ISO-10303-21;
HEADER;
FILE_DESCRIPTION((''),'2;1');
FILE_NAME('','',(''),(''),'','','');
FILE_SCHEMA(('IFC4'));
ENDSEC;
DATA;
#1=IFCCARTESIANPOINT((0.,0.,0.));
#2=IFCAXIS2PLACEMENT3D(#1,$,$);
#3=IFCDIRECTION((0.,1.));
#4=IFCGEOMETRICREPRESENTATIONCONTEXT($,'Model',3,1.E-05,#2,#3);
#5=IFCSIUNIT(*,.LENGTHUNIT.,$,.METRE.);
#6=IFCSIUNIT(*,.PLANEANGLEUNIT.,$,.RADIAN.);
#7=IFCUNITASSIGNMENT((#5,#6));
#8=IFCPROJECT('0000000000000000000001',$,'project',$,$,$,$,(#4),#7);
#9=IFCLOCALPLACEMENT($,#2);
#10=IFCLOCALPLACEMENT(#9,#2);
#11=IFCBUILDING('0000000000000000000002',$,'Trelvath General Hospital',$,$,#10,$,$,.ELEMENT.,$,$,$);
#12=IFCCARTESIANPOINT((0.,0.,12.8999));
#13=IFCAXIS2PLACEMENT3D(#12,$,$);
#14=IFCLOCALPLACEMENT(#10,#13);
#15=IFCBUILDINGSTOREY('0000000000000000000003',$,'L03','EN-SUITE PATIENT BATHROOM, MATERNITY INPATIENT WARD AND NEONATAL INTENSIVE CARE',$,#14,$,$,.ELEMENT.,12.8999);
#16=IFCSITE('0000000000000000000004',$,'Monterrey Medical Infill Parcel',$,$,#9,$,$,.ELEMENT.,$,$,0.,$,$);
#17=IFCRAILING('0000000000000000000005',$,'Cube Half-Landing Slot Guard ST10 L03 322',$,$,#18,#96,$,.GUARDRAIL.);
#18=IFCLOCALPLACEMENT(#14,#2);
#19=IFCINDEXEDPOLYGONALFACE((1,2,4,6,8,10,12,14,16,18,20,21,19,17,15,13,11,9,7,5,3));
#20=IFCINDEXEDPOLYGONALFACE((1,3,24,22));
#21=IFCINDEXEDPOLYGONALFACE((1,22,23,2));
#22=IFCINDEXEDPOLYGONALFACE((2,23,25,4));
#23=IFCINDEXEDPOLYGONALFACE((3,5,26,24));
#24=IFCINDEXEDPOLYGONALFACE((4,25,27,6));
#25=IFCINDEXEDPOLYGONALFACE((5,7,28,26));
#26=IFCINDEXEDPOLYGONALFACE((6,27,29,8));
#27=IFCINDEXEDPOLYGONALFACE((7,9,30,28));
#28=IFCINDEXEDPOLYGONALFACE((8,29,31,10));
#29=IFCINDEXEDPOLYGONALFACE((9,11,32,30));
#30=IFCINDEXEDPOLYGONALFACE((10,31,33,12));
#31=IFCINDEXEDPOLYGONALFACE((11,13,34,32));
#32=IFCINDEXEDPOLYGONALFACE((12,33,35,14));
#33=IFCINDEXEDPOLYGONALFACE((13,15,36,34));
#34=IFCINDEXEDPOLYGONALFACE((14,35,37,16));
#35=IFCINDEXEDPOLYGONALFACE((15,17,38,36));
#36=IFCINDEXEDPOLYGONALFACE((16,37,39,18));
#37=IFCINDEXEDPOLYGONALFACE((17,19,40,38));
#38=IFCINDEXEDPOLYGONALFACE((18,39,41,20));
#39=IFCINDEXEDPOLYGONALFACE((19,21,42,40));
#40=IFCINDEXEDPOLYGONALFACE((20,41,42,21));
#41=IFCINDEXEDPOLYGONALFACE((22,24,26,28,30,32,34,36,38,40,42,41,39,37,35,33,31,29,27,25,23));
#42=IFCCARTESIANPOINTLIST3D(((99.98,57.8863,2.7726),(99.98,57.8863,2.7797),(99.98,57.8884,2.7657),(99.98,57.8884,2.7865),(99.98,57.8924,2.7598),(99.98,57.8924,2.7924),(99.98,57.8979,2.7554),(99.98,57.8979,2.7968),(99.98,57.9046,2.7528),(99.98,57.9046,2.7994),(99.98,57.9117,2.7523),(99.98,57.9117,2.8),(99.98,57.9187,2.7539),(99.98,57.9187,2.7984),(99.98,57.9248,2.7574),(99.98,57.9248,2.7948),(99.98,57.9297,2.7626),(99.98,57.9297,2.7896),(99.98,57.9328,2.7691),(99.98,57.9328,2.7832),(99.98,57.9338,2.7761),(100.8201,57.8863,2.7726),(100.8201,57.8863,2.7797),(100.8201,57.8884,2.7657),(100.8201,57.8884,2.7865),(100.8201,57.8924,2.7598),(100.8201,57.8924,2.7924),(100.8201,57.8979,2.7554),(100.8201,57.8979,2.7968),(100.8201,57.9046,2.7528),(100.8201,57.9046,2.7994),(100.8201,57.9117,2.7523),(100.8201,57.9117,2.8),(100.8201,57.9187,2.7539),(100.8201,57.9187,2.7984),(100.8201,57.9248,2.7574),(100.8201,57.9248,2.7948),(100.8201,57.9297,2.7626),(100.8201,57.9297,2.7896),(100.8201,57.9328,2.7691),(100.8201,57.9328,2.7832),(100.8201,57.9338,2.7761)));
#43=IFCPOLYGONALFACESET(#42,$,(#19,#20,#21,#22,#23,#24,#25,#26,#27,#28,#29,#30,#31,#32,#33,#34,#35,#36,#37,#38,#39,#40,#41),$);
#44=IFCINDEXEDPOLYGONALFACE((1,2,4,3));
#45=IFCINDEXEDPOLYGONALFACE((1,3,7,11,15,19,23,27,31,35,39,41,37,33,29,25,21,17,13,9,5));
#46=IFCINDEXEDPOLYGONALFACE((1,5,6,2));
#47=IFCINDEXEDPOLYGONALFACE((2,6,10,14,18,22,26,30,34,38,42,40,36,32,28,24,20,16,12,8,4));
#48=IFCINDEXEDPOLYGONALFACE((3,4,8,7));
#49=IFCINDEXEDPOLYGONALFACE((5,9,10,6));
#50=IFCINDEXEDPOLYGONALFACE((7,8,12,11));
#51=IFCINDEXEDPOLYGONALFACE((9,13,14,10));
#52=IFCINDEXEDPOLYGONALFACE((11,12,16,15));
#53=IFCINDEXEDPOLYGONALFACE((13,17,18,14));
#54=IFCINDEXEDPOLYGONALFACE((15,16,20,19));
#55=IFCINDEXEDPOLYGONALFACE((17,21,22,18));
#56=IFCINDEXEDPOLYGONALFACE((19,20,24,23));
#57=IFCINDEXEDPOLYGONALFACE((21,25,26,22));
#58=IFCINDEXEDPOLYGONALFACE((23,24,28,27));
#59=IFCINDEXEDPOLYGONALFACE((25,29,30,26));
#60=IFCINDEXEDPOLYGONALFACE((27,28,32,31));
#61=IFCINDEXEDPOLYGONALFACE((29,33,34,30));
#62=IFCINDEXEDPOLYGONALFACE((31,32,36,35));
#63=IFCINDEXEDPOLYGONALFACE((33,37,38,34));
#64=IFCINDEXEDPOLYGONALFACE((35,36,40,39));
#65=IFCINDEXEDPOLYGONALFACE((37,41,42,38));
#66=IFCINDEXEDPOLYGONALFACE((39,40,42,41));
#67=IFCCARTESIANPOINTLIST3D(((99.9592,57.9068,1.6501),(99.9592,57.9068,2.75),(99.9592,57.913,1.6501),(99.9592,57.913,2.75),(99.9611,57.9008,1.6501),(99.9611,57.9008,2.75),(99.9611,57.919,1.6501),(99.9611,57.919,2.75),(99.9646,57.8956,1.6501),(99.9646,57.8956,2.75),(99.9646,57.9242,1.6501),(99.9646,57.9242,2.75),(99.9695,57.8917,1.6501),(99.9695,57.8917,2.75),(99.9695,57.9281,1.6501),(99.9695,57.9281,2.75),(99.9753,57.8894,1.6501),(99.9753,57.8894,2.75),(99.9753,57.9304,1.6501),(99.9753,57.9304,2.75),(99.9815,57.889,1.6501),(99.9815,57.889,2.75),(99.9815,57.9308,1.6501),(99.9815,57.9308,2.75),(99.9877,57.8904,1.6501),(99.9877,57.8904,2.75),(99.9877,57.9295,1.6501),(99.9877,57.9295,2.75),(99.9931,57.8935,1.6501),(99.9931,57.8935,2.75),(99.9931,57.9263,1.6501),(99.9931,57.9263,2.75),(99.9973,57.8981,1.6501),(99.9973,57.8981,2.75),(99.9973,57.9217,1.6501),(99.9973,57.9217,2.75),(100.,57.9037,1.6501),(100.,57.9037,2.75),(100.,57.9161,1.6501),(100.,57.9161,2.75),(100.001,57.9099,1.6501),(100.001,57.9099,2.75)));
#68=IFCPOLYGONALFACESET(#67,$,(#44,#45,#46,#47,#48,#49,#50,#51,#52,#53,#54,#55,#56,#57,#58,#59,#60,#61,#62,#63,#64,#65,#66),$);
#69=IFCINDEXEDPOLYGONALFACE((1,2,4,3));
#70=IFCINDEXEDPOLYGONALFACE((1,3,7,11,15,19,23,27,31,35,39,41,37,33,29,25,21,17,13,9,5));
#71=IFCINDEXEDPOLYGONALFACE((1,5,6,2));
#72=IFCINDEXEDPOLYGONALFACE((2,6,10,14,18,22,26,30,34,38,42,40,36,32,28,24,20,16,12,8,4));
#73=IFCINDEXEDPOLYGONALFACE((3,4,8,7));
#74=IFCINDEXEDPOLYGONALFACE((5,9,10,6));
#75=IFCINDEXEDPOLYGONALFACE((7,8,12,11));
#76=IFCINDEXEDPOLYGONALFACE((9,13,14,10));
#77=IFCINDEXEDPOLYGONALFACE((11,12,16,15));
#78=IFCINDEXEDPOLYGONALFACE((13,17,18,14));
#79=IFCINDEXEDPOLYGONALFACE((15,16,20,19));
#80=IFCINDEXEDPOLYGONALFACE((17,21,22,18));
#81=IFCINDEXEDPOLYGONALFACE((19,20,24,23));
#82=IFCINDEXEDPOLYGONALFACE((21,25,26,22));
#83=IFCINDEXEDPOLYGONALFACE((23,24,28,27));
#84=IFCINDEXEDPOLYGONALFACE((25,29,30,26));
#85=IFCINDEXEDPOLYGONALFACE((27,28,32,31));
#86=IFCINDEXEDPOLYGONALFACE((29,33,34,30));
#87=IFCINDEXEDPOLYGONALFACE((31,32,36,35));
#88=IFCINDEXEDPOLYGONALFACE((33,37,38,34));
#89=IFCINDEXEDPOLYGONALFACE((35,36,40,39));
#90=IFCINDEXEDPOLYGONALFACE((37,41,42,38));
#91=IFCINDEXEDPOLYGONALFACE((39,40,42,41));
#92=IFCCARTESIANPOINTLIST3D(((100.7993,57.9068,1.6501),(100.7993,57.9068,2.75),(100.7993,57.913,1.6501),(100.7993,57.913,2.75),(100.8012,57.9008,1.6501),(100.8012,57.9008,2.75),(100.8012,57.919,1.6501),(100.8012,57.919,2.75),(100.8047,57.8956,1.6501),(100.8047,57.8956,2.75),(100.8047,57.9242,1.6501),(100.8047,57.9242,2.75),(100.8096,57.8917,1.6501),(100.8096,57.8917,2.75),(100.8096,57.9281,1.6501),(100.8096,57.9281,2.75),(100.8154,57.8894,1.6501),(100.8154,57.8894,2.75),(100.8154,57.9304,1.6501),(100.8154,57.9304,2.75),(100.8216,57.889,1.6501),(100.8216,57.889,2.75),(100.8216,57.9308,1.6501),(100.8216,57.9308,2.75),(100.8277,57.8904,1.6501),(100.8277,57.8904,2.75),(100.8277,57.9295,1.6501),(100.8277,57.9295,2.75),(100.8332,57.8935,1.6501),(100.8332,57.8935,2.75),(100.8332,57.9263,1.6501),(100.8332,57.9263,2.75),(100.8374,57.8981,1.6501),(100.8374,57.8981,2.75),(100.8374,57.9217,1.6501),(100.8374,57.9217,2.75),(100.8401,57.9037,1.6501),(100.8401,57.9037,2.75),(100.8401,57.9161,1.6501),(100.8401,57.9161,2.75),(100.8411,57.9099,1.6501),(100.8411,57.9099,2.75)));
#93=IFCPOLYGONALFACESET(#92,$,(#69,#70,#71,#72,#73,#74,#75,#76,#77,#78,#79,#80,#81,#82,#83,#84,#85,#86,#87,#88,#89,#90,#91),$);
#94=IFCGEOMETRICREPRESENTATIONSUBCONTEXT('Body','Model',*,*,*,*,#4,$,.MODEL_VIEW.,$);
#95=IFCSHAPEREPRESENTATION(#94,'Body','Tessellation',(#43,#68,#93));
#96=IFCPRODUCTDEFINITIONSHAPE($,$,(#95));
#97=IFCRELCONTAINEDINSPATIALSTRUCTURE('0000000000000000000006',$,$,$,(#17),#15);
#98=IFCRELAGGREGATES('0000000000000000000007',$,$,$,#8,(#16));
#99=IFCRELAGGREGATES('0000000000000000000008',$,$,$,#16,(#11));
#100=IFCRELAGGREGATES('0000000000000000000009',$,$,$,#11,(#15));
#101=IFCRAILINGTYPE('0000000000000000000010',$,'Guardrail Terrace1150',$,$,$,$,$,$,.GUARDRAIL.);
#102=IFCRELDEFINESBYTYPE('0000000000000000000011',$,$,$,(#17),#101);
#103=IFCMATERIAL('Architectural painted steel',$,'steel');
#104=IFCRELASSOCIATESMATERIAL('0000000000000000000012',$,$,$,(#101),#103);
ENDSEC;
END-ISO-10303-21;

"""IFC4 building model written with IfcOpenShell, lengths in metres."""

from ifc_helpers import new_model, si_unit, direction, frame, origin, origin_2d, place, context, subcontext, project, spatial, circle, extrude, material, type_object, element, save


model = new_model("IFC4")

# Units and contexts
model_context = context("Model", 3, precision=1e-05, world=origin(), true_north=direction((0.0, 1.0)))
body_context = subcontext(model_context, "Body", "Model", "MODEL_VIEW")
ifc_project = project(units=[si_unit("LENGTHUNIT", "METRE"), si_unit("PLANEANGLEUNIT", "RADIAN")], contexts=[model_context])

# Site, building, storey
site_placement = place(None, origin())
site = spatial("IfcSite", under=ifc_project, at=site_placement, Name="Monterrey Medical Infill Parcel", CompositionType="ELEMENT", RefElevation=0.0)
building_placement = place(site_placement, origin())
building = spatial("IfcBuilding", under=site, at=building_placement, Name="Trelvath General Hospital", CompositionType="ELEMENT")
storey_placement = place(building_placement, frame((0.0, 0.0, 12.8999)))
storey = spatial("IfcBuildingStorey", under=building, at=storey_placement, Name="L03", Description="EN-SUITE PATIENT BATHROOM, MATERNITY INPATIENT WARD AND NEONATAL INTENSIVE CARE", CompositionType="ELEMENT", Elevation=12.8999)

# Railing
ifc_material_1 = material(Name="Architectural painted steel", Category="steel")
railing_type = type_object("IfcRailingType", Name="Guardrail Terrace1150", PredefinedType="GUARDRAIL", material=ifc_material_1)
railing_1_placement = place(storey_placement, frame((99.98, 57.9099, 1.6501)))
element("IfcRailing", 1, at=railing_1_placement, inside=storey, type_object=railing_type, Name="Cube Half-Landing Slot Guard ST10 L03 322", PredefinedType="GUARDRAIL", context=body_context, shape_type="SweptSolid", body=[
    extrude(circle(Radius=0.0239, at=origin_2d()), frame((0.0, 0.0, 1.126), z_axis=(1.0, 0.0, 0.0), x_axis=(0.0, 1.0, 0.0)), (0.0, 0.0, 1.0), 0.8401),
    extrude(circle(Radius=0.021, at=origin_2d()), origin(), (0.0, 0.0, 1.0), 1.0999),
    extrude(circle(Radius=0.021, at=origin_2d()), frame((0.8401, 0.0, 0.0)), (0.0, 0.0, 1.0), 1.0999),
])

save(model, "model.ifc")
